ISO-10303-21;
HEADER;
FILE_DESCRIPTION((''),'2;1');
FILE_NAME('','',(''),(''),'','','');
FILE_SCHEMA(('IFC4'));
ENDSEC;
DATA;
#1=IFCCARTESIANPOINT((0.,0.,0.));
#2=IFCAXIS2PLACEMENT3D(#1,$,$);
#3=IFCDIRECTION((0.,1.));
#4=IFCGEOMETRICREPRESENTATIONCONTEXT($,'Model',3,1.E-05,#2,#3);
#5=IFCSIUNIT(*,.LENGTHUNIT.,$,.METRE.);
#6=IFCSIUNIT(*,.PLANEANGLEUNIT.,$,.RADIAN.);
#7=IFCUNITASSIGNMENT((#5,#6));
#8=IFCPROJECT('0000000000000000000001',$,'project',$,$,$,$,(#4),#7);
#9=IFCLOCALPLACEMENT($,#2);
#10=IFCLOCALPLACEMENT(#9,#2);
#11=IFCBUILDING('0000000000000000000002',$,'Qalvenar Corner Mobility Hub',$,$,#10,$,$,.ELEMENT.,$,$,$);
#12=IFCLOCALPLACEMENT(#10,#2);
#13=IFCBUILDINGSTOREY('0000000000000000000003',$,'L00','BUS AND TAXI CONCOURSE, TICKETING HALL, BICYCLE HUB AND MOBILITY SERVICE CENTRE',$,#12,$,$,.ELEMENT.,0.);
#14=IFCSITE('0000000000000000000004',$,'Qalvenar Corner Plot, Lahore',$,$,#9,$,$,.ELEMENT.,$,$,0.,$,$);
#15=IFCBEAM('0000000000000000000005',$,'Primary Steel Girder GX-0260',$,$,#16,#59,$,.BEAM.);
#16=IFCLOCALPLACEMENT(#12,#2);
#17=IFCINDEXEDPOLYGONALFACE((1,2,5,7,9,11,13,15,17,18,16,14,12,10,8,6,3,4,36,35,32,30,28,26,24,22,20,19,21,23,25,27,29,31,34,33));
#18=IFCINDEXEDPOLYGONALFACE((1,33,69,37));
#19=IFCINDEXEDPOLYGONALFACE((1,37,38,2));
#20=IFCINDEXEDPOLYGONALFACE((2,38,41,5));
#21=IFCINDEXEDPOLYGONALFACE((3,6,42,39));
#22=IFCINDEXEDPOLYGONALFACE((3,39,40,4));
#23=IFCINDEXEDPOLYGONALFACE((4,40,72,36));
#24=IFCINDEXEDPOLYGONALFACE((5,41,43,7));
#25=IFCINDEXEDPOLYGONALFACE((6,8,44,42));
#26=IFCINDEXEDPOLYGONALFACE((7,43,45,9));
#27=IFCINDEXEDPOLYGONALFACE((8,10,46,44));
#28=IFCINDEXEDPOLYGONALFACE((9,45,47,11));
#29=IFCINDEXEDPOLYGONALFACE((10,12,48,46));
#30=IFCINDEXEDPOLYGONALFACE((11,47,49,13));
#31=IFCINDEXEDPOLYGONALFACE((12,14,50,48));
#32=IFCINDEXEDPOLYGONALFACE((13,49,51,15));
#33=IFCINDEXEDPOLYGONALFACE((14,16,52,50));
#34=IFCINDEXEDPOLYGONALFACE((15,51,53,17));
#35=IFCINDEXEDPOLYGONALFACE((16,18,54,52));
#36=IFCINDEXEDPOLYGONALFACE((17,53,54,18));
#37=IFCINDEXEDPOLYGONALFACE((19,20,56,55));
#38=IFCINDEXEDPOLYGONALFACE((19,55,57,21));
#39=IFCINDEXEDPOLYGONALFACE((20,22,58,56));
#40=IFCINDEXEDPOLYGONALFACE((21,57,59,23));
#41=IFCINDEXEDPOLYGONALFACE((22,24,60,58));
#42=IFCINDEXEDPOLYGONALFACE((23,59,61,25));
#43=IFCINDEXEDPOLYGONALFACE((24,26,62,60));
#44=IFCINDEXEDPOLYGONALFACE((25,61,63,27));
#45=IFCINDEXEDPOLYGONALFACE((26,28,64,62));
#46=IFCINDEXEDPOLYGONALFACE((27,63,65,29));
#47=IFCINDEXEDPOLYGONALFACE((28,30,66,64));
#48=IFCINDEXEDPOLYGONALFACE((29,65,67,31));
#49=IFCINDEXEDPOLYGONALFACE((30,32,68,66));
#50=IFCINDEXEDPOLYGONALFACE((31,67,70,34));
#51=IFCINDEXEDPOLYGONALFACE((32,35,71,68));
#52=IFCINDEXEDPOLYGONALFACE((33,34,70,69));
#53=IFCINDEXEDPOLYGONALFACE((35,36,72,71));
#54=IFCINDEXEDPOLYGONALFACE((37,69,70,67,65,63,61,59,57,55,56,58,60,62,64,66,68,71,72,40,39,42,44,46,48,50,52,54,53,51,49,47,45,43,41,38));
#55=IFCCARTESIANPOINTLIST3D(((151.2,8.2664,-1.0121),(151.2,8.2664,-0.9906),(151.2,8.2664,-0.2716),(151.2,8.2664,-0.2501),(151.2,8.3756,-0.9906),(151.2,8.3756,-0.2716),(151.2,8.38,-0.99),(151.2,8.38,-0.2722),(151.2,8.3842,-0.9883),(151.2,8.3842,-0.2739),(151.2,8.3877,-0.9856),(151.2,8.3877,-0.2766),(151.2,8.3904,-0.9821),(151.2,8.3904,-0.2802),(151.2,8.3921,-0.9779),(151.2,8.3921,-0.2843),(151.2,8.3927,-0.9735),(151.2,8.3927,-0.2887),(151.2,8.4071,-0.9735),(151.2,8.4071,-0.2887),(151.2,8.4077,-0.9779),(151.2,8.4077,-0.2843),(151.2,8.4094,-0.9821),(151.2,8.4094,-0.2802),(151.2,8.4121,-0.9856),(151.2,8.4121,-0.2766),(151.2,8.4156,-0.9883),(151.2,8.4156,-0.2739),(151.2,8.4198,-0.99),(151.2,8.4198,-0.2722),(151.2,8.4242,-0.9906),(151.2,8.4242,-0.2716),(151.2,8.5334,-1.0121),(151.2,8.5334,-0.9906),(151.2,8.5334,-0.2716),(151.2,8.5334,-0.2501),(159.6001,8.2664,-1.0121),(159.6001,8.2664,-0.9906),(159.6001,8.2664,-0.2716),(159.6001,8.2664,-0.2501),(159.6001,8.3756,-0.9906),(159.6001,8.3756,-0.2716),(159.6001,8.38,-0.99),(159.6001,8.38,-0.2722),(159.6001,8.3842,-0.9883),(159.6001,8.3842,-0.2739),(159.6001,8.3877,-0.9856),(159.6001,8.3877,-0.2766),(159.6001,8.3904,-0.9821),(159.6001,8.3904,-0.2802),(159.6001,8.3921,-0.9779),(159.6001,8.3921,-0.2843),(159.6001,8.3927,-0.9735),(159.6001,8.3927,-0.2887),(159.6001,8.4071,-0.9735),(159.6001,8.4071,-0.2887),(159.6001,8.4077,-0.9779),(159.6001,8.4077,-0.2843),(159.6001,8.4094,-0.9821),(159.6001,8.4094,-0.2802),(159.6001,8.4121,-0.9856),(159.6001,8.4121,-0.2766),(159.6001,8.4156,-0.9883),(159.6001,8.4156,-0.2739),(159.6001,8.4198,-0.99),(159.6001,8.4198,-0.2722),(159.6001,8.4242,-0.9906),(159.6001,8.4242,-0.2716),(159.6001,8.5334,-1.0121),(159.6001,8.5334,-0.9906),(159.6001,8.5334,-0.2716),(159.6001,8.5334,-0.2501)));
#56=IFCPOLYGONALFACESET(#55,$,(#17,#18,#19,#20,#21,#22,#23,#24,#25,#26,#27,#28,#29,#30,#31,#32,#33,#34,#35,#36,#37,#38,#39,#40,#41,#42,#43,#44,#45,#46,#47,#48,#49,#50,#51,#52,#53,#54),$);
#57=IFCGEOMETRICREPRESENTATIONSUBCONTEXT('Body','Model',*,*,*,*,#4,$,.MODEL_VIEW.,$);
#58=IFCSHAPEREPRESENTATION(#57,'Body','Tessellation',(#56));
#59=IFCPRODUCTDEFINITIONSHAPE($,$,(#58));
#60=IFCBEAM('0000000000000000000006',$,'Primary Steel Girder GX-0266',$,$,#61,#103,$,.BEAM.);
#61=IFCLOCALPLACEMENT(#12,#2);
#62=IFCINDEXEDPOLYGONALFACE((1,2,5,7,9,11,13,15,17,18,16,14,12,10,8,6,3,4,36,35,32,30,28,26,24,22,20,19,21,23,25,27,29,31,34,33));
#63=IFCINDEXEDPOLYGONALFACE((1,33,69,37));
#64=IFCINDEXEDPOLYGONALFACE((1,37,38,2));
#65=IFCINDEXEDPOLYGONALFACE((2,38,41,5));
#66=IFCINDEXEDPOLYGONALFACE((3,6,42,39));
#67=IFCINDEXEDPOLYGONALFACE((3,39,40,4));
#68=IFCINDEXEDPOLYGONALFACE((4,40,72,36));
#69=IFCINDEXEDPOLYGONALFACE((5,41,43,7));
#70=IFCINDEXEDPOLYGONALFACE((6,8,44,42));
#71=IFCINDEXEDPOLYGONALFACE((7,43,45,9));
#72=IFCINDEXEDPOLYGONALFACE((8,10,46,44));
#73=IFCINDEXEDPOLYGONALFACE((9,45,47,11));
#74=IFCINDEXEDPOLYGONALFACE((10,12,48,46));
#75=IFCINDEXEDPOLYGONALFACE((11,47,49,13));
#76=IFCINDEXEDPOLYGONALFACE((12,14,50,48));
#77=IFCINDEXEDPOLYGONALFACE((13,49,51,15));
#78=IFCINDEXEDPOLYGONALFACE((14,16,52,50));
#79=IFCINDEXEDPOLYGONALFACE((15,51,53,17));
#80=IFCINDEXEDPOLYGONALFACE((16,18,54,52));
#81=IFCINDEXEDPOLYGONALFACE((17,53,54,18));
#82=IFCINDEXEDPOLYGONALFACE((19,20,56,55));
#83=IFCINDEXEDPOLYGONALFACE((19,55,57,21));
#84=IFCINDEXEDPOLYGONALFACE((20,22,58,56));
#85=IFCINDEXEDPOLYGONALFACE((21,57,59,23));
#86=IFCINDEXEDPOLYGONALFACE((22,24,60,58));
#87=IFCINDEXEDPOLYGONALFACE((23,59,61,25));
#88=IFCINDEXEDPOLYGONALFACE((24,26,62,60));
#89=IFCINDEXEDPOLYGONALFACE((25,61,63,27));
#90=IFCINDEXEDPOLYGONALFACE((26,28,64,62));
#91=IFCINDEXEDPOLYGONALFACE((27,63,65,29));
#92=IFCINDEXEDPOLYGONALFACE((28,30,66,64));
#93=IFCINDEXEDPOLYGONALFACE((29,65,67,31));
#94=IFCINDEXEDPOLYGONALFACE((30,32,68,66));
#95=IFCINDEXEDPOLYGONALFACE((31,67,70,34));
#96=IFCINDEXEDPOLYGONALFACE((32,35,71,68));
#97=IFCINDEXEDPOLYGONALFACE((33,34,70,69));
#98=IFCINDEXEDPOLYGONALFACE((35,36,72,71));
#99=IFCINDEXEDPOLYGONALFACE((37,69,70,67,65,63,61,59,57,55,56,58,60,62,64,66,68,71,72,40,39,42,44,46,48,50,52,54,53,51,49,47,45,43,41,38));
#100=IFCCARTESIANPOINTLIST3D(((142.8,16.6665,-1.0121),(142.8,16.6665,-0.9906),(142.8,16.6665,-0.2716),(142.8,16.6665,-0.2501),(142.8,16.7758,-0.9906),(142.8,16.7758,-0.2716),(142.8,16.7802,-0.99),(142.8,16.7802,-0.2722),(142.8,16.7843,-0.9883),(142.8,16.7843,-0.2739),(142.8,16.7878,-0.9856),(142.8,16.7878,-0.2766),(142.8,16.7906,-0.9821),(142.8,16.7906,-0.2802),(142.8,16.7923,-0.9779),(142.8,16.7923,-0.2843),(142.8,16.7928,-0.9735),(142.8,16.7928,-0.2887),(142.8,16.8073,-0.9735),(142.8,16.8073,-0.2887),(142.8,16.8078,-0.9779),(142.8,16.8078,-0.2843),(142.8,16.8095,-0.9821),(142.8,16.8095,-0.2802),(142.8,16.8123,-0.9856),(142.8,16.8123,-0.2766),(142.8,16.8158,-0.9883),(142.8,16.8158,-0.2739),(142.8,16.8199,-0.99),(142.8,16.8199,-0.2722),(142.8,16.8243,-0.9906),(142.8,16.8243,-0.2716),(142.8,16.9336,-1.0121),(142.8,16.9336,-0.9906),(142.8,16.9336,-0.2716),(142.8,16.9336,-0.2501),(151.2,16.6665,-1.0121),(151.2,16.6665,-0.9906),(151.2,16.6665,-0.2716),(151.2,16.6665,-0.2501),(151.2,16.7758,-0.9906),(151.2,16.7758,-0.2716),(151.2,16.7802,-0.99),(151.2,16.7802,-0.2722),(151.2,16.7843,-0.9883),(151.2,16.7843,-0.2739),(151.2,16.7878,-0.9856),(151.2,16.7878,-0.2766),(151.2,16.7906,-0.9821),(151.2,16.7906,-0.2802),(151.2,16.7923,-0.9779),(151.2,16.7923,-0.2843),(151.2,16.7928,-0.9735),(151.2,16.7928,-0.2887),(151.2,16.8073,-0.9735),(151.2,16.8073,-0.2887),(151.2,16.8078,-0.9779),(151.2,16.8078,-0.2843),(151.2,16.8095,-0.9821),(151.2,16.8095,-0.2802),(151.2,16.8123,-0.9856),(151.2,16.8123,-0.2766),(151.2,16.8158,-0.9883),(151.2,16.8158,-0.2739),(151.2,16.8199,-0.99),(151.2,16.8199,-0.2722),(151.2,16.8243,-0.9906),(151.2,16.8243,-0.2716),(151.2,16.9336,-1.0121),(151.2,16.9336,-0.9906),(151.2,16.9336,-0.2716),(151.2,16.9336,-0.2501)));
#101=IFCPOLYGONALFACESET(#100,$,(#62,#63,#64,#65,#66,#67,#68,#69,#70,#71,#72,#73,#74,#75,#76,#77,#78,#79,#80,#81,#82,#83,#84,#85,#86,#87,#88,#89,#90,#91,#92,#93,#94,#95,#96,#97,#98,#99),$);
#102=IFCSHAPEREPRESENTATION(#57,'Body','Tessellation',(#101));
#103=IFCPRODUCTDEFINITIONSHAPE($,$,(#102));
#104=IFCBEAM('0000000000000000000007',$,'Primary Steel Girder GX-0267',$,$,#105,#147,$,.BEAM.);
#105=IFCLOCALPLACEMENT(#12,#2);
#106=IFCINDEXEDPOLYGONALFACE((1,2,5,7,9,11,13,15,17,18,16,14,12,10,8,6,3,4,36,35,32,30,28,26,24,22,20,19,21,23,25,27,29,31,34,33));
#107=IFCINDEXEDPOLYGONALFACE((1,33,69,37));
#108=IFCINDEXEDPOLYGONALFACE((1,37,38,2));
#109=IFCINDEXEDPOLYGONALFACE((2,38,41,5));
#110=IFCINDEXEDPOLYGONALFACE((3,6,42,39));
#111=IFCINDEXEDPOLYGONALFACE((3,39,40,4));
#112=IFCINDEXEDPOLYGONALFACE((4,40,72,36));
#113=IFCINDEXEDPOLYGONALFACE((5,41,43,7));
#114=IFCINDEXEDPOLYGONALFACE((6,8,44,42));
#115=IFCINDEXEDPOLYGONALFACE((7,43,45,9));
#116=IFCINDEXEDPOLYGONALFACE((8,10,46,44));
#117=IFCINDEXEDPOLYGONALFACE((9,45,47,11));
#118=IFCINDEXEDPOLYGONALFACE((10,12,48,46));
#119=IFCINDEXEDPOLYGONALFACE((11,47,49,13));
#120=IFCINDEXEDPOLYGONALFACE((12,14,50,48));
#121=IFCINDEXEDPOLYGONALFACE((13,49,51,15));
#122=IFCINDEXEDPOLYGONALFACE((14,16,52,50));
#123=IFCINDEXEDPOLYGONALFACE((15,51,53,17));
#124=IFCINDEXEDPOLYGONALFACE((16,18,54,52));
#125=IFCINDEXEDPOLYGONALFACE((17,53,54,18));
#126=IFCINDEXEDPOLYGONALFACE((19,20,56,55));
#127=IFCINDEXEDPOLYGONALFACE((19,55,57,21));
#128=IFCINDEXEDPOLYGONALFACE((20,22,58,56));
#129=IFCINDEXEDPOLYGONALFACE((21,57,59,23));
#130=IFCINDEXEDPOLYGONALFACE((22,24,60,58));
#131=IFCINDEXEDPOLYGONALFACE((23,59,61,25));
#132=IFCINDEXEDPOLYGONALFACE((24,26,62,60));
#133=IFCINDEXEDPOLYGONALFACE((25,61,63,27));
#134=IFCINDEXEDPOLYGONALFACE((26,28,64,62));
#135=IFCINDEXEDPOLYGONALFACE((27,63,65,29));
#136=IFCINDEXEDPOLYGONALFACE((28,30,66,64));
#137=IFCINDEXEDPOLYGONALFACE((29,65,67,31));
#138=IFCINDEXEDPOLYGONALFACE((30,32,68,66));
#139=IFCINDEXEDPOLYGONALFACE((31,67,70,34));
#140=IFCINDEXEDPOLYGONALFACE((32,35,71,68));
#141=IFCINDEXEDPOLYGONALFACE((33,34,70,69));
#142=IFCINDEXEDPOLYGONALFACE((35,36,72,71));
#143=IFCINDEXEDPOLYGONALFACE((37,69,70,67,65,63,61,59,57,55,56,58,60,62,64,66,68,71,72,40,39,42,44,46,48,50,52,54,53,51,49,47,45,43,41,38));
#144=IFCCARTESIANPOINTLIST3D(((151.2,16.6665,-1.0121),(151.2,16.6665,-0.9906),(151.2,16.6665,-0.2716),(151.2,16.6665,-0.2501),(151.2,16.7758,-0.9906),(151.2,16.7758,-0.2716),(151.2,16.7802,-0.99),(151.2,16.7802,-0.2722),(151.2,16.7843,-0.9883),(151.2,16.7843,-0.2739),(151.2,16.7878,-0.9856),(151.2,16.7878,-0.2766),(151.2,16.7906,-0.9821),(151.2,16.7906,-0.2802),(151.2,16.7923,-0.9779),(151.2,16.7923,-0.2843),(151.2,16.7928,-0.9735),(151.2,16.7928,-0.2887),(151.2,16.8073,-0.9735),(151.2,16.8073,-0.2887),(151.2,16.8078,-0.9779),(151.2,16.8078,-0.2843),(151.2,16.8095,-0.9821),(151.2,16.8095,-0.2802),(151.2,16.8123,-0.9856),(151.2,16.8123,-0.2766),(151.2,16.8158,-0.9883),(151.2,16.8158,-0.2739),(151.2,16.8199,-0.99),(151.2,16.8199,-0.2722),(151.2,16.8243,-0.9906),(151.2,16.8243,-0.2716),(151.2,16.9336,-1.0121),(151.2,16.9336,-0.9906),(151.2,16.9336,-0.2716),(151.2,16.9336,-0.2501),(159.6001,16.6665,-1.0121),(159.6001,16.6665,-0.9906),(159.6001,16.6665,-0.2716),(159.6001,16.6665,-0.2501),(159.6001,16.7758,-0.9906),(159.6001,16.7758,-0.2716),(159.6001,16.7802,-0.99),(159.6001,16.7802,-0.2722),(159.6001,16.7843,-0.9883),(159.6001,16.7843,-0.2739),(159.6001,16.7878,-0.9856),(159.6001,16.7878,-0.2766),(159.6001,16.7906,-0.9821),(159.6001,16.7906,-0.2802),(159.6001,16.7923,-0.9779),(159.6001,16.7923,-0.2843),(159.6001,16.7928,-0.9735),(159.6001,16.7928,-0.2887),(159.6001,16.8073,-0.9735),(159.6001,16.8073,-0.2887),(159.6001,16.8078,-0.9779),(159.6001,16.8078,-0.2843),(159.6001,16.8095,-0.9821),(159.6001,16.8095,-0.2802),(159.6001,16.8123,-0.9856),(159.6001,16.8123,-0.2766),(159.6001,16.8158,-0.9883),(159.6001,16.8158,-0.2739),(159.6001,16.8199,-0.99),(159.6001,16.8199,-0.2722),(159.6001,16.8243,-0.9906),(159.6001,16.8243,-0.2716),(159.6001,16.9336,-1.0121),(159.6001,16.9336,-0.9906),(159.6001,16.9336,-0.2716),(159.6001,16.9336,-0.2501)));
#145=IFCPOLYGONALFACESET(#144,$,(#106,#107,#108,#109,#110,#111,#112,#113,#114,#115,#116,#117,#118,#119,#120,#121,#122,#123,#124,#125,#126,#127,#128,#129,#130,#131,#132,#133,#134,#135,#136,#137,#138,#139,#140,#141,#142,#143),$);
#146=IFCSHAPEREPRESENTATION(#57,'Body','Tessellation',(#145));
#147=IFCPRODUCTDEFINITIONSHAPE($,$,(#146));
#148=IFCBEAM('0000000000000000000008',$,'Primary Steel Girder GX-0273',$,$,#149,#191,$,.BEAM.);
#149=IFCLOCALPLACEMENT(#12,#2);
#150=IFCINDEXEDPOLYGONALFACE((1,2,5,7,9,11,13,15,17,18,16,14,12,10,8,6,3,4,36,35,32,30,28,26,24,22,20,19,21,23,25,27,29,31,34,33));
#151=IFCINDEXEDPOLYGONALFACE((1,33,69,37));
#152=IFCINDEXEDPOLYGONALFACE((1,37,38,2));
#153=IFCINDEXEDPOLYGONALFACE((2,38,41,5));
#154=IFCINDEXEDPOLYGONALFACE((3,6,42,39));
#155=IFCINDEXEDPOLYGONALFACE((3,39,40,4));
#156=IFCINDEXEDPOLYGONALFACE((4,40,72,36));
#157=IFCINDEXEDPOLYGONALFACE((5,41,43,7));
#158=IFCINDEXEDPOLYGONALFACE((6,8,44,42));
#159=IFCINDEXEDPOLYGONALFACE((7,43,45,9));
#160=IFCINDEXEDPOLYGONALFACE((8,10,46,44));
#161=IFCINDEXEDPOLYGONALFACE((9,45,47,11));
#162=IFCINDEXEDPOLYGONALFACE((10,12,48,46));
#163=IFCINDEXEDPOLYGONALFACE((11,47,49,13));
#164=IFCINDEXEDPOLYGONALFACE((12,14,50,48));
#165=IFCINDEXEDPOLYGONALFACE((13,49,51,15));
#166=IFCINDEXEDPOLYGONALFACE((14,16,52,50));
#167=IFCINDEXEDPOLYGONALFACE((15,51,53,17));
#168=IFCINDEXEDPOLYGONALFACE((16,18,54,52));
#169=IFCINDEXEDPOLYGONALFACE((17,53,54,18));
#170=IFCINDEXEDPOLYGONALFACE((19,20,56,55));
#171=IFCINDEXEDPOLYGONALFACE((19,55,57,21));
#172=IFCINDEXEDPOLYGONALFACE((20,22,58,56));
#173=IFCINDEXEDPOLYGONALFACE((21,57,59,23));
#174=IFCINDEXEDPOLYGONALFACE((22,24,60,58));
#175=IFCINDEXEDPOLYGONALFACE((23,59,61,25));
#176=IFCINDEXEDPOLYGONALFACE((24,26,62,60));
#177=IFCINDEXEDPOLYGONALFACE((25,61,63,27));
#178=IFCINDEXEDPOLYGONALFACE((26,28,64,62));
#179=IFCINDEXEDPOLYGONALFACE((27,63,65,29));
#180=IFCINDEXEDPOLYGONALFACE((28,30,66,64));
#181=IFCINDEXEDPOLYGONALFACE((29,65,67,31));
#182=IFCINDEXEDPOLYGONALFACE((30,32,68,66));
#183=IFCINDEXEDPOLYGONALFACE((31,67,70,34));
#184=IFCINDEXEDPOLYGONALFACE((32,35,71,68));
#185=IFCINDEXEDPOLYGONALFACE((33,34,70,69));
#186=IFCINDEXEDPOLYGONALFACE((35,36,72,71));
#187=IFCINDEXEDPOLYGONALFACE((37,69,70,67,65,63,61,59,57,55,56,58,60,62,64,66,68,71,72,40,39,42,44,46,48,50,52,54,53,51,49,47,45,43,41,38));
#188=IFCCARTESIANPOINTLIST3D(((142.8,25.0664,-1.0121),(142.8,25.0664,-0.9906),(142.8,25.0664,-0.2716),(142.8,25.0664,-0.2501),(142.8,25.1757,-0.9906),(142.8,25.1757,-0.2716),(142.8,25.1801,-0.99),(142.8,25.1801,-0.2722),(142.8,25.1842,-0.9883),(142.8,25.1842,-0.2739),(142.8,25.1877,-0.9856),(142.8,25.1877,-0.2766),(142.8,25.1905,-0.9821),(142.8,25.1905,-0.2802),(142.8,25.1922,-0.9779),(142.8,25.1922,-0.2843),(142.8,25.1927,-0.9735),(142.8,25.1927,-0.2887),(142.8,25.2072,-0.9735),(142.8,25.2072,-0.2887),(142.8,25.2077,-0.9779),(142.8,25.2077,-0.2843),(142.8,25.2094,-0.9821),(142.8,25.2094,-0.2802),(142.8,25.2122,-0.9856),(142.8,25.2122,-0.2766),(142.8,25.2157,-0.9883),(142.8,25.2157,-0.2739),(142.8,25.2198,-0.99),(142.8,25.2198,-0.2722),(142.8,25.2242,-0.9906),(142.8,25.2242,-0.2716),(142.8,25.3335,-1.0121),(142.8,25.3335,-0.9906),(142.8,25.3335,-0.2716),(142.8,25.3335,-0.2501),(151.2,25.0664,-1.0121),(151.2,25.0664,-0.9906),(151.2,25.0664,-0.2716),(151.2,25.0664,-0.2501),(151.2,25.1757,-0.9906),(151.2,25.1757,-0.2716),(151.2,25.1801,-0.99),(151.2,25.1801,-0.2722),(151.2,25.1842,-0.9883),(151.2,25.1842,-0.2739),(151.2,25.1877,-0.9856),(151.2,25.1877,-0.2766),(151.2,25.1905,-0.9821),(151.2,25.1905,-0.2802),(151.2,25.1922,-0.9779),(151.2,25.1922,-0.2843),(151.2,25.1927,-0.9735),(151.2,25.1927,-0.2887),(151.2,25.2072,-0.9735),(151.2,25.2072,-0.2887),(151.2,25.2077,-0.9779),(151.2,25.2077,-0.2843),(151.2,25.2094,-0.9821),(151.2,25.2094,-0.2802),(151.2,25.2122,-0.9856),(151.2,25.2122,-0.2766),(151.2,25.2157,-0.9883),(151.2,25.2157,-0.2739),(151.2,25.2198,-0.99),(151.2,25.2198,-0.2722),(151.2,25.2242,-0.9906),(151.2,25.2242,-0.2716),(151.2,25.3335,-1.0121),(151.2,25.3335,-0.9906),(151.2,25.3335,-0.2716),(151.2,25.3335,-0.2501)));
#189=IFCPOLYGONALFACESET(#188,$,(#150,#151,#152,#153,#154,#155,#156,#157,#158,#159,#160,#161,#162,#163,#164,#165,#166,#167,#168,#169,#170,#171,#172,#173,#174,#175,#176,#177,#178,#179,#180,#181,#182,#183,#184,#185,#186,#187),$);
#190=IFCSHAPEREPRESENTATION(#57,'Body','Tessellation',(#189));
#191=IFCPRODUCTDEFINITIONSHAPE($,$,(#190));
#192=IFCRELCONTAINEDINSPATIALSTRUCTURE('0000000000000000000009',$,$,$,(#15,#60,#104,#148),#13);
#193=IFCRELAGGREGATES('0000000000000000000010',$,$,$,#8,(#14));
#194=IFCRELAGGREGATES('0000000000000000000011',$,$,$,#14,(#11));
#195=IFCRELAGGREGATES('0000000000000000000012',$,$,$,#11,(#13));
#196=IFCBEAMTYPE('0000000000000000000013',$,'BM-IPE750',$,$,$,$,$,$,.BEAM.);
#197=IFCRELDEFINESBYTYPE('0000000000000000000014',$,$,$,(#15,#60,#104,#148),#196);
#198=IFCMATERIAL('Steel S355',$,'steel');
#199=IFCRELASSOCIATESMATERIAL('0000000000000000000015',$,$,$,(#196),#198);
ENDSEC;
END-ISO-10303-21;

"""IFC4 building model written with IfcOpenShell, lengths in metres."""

from ifc_helpers import new_model, si_unit, direction, frame, origin, origin_2d, place, context, subcontext, project, spatial, i_section, extrude, material, material_profile, profile_set, type_object, element, save


model = new_model("IFC4")

# Units and contexts
model_context = context("Model", 3, precision=1e-05, world=origin(), true_north=direction((0.0, 1.0)))
body_context = subcontext(model_context, "Body", "Model", "MODEL_VIEW")
ifc_project = project(units=[si_unit("LENGTHUNIT", "METRE"), si_unit("PLANEANGLEUNIT", "RADIAN")], contexts=[model_context])

# Site, building, storey
site_placement = place(None, origin())
site = spatial("IfcSite", under=ifc_project, at=site_placement, Name="Qalvenar Corner Plot, Lahore", CompositionType="ELEMENT", RefElevation=0.0)
building_placement = place(site_placement, origin())
building = spatial("IfcBuilding", under=site, at=building_placement, Name="Qalvenar Corner Mobility Hub", CompositionType="ELEMENT")
storey_placement = place(building_placement, origin())
storey = spatial("IfcBuildingStorey", under=building, at=storey_placement, Name="L00", Description="BUS AND TAXI CONCOURSE, TICKETING HALL, BICYCLE HUB AND MOBILITY SERVICE CENTRE", CompositionType="ELEMENT", Elevation=0.0)

# Shared definitions
ifc_material = material(Name="Steel S355", Category="steel")

# Beams
ifc_material_profile_1 = material_profile(ifc_material, i_section(OverallWidth=0.2671, OverallDepth=0.762, WebThickness=0.0144, FlangeThickness=0.0215, FilletRadius=0.0171, at=origin_2d()), Name="IPE750x173")
ifc_profile_set_1 = profile_set([ifc_material_profile_1], Name="Steel S355")
beam_type_1 = type_object("IfcBeamType", Name="BM-IPE750", PredefinedType="BEAM", material=ifc_profile_set_1)
beam_1_placement = place(storey_placement, frame((151.2, 8.3999, -0.6311), z_axis=(1.0, 0.0, 0.0), x_axis=(0.0, 1.0, 0.0)))
element("IfcBeam", 1, at=beam_1_placement, inside=storey, type_object=beam_type_1, Name="Primary Steel Girder GX-0260", PredefinedType="BEAM", context=body_context, shape_type="SweptSolid", body=[
    extrude(i_section(OverallWidth=0.2671, OverallDepth=0.762, WebThickness=0.0144, FlangeThickness=0.0215, FilletRadius=0.0171, at=origin_2d()), origin(), (0.0, 0.0, 1.0), 8.4001),
])
beam_2_placement = place(storey_placement, frame((142.8, 16.8, -0.6311), z_axis=(1.0, 0.0, 0.0), x_axis=(0.0, 1.0, 0.0)))
element("IfcBeam", 2, at=beam_2_placement, inside=storey, type_object=beam_type_1, Name="Primary Steel Girder GX-0266", PredefinedType="BEAM", context=body_context, shape_type="SweptSolid", body=[
    extrude(i_section(OverallWidth=0.2671, OverallDepth=0.762, WebThickness=0.0144, FlangeThickness=0.0215, FilletRadius=0.0171, at=origin_2d()), origin(), (0.0, 0.0, 1.0), 8.3999),
])
beam_3_placement = place(storey_placement, frame((151.2, 16.8, -0.6311), z_axis=(1.0, 0.0, 0.0), x_axis=(0.0, 1.0, 0.0)))
element("IfcBeam", 3, at=beam_3_placement, inside=storey, type_object=beam_type_1, Name="Primary Steel Girder GX-0267", PredefinedType="BEAM", context=body_context, shape_type="SweptSolid", body=[
    extrude(i_section(OverallWidth=0.2671, OverallDepth=0.762, WebThickness=0.0144, FlangeThickness=0.0215, FilletRadius=0.0171, at=origin_2d()), origin(), (0.0, 0.0, 1.0), 8.4001),
])
beam_4_placement = place(storey_placement, frame((142.8, 25.2, -0.6311), z_axis=(1.0, 0.0, 0.0), x_axis=(0.0, 1.0, 0.0)))
element("IfcBeam", 4, at=beam_4_placement, inside=storey, type_object=beam_type_1, Name="Primary Steel Girder GX-0273", PredefinedType="BEAM", context=body_context, shape_type="SweptSolid", body=[
    extrude(i_section(OverallWidth=0.2671, OverallDepth=0.762, WebThickness=0.0144, FlangeThickness=0.0215, FilletRadius=0.0171, at=origin_2d()), origin(), (0.0, 0.0, 1.0), 8.3999),
])

save(model, "model.ifc")
